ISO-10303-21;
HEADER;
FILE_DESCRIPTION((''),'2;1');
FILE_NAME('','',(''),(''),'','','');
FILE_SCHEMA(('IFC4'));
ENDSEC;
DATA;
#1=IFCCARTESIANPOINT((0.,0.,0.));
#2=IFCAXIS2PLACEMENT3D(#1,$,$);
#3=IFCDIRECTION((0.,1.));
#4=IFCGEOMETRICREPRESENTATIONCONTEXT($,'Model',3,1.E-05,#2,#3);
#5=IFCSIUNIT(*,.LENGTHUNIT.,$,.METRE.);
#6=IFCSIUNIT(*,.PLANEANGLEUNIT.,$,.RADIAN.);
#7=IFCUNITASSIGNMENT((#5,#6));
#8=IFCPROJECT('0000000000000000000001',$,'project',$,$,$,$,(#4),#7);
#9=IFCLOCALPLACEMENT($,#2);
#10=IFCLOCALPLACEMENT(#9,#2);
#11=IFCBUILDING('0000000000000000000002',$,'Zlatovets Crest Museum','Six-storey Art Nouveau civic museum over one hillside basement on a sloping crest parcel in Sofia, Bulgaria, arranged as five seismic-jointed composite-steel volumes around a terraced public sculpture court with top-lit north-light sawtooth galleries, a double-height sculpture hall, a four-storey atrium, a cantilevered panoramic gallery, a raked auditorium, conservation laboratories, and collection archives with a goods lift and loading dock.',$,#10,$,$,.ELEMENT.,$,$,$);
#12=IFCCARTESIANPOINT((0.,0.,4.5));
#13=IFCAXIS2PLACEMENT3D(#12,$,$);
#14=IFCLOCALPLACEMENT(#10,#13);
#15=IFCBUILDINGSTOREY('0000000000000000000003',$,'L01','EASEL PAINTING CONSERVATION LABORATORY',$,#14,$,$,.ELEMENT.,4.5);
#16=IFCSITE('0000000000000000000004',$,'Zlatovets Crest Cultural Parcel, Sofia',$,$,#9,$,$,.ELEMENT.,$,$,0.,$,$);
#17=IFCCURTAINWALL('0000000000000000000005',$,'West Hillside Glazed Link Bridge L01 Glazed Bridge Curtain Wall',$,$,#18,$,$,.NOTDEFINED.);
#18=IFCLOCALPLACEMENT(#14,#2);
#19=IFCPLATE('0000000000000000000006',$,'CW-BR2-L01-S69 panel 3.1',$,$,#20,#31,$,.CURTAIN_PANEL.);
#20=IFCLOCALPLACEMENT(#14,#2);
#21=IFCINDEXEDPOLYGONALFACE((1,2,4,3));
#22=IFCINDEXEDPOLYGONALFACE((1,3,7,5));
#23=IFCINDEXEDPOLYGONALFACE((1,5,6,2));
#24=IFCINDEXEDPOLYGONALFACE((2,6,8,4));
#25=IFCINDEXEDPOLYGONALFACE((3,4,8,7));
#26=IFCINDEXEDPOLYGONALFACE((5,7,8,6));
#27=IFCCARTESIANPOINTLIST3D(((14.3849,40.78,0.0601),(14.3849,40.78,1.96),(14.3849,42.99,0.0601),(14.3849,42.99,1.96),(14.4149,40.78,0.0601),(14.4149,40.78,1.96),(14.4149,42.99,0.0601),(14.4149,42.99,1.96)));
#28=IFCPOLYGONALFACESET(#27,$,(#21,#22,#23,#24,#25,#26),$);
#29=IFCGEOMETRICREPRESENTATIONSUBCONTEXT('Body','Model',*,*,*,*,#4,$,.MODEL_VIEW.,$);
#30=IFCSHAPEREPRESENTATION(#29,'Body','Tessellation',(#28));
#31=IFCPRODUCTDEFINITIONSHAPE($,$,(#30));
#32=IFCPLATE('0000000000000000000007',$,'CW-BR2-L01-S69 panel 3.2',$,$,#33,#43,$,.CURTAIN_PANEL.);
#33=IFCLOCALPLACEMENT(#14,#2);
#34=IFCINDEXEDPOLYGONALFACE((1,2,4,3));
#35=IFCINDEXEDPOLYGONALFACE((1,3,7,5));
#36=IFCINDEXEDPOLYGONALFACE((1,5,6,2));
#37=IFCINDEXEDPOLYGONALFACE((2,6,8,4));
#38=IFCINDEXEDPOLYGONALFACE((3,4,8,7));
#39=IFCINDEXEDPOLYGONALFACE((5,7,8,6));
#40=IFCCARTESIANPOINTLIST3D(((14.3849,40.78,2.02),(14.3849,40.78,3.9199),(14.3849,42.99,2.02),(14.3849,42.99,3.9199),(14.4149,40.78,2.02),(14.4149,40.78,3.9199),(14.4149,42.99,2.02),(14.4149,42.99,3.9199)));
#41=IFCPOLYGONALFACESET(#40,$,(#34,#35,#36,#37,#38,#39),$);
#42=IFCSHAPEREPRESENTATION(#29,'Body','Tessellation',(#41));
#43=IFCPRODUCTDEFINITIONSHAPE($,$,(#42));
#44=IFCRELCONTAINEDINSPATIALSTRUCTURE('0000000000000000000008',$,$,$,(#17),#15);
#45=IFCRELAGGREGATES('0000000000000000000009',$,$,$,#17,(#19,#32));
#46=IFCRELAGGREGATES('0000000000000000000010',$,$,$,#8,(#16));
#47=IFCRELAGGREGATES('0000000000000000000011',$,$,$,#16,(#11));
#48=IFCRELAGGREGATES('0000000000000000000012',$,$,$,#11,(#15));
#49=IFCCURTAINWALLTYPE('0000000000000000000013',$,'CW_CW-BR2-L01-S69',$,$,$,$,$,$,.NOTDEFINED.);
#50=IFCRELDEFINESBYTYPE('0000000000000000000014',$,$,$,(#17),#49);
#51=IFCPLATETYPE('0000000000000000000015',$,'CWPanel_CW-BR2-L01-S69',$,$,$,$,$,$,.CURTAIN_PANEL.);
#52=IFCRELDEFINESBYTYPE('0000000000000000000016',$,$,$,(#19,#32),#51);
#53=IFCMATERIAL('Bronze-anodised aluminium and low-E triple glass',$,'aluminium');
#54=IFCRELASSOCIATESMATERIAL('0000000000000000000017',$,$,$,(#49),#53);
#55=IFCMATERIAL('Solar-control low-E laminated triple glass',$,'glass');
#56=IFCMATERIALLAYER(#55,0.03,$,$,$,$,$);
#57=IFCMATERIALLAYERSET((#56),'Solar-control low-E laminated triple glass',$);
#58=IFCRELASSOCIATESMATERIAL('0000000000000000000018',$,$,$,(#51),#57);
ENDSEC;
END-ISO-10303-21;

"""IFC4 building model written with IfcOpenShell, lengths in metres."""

from ifc_helpers import new_model, si_unit, direction, frame, origin, origin_2d, place, context, subcontext, project, spatial, rectangle, extrude, material, layer, layer_set, type_object, element, aggregate, save


model = new_model("IFC4")

# Units and contexts
model_context = context("Model", 3, precision=1e-05, world=origin(), true_north=direction((0.0, 1.0)))
body_context = subcontext(model_context, "Body", "Model", "MODEL_VIEW")
ifc_project = project(units=[si_unit("LENGTHUNIT", "METRE"), si_unit("PLANEANGLEUNIT", "RADIAN")], contexts=[model_context])

# Site, building, storey
site_placement = place(None, origin())
site = spatial("IfcSite", under=ifc_project, at=site_placement, Name="Zlatovets Crest Cultural Parcel, Sofia", CompositionType="ELEMENT", RefElevation=0.0)
building_placement = place(site_placement, origin())
building = spatial("IfcBuilding", under=site, at=building_placement, Name="Zlatovets Crest Museum", Description="Six-storey Art Nouveau civic museum over one hillside basement on a sloping crest parcel in Sofia, Bulgaria, arranged as five seismic-jointed composite-steel volumes around a terraced public sculpture court with top-lit north-light sawtooth galleries, a double-height sculpture hall, a four-storey atrium, a cantilevered panoramic gallery, a raked auditorium, conservation laboratories, and collection archives with a goods lift and loading dock.", CompositionType="ELEMENT")
storey_placement = place(building_placement, frame((0.0, 0.0, 4.5)))
storey = spatial("IfcBuildingStorey", under=building, at=storey_placement, Name="L01", Description="EASEL PAINTING CONSERVATION LABORATORY", CompositionType="ELEMENT", Elevation=4.5)

# Curtain wall
ifc_material_1 = material(Name="Bronze-anodised aluminium and low-E triple glass", Category="aluminium")
curtain_wall_type = type_object("IfcCurtainWallType", Name="CW_CW-BR2-L01-S69", PredefinedType="NOTDEFINED", material=ifc_material_1)
curtain_wall_1_placement = place(storey_placement, origin())
curtain_wall_1 = element("IfcCurtainWall", 1, at=curtain_wall_1_placement, inside=storey, type_object=curtain_wall_type, Name="West Hillside Glazed Link Bridge L01 Glazed Bridge Curtain Wall", PredefinedType="NOTDEFINED")

# Plates
ifc_material_2 = material(Name="Solar-control low-E laminated triple glass", Category="glass")
ifc_layer = layer(ifc_material_2, 0.03)
ifc_layer_set = layer_set([ifc_layer], Name="Solar-control low-E laminated triple glass")
plate_type = type_object("IfcPlateType", Name="CWPanel_CW-BR2-L01-S69", PredefinedType="CURTAIN_PANEL", material=ifc_layer_set)
plate_1_placement = place(storey_placement, frame((14.3999, 41.885, 0.0601), z_axis=(0.0, 0.0, 1.0), x_axis=(0.0, 1.0, 0.0)))
plate_1 = element("IfcPlate", 2, at=plate_1_placement, type_object=plate_type, Name="CW-BR2-L01-S69 panel 3.1", PredefinedType="CURTAIN_PANEL", context=body_context, shape_type="SweptSolid", body=[
    extrude(rectangle(XDim=2.21, YDim=0.03, at=origin_2d()), origin(), (0.0, 0.0, 1.0), 1.8999),
])
plate_2_placement = place(storey_placement, frame((14.3999, 41.885, 2.02), z_axis=(0.0, 0.0, 1.0), x_axis=(0.0, 1.0, 0.0)))
plate_2 = element("IfcPlate", 3, at=plate_2_placement, type_object=plate_type, Name="CW-BR2-L01-S69 panel 3.2", PredefinedType="CURTAIN_PANEL", context=body_context, shape_type="SweptSolid", body=[
    extrude(rectangle(XDim=2.21, YDim=0.03, at=origin_2d()), origin(), (0.0, 0.0, 1.0), 1.8999),
])
aggregate(curtain_wall_1, [plate_1, plate_2])

save(model, "model.ifc")
